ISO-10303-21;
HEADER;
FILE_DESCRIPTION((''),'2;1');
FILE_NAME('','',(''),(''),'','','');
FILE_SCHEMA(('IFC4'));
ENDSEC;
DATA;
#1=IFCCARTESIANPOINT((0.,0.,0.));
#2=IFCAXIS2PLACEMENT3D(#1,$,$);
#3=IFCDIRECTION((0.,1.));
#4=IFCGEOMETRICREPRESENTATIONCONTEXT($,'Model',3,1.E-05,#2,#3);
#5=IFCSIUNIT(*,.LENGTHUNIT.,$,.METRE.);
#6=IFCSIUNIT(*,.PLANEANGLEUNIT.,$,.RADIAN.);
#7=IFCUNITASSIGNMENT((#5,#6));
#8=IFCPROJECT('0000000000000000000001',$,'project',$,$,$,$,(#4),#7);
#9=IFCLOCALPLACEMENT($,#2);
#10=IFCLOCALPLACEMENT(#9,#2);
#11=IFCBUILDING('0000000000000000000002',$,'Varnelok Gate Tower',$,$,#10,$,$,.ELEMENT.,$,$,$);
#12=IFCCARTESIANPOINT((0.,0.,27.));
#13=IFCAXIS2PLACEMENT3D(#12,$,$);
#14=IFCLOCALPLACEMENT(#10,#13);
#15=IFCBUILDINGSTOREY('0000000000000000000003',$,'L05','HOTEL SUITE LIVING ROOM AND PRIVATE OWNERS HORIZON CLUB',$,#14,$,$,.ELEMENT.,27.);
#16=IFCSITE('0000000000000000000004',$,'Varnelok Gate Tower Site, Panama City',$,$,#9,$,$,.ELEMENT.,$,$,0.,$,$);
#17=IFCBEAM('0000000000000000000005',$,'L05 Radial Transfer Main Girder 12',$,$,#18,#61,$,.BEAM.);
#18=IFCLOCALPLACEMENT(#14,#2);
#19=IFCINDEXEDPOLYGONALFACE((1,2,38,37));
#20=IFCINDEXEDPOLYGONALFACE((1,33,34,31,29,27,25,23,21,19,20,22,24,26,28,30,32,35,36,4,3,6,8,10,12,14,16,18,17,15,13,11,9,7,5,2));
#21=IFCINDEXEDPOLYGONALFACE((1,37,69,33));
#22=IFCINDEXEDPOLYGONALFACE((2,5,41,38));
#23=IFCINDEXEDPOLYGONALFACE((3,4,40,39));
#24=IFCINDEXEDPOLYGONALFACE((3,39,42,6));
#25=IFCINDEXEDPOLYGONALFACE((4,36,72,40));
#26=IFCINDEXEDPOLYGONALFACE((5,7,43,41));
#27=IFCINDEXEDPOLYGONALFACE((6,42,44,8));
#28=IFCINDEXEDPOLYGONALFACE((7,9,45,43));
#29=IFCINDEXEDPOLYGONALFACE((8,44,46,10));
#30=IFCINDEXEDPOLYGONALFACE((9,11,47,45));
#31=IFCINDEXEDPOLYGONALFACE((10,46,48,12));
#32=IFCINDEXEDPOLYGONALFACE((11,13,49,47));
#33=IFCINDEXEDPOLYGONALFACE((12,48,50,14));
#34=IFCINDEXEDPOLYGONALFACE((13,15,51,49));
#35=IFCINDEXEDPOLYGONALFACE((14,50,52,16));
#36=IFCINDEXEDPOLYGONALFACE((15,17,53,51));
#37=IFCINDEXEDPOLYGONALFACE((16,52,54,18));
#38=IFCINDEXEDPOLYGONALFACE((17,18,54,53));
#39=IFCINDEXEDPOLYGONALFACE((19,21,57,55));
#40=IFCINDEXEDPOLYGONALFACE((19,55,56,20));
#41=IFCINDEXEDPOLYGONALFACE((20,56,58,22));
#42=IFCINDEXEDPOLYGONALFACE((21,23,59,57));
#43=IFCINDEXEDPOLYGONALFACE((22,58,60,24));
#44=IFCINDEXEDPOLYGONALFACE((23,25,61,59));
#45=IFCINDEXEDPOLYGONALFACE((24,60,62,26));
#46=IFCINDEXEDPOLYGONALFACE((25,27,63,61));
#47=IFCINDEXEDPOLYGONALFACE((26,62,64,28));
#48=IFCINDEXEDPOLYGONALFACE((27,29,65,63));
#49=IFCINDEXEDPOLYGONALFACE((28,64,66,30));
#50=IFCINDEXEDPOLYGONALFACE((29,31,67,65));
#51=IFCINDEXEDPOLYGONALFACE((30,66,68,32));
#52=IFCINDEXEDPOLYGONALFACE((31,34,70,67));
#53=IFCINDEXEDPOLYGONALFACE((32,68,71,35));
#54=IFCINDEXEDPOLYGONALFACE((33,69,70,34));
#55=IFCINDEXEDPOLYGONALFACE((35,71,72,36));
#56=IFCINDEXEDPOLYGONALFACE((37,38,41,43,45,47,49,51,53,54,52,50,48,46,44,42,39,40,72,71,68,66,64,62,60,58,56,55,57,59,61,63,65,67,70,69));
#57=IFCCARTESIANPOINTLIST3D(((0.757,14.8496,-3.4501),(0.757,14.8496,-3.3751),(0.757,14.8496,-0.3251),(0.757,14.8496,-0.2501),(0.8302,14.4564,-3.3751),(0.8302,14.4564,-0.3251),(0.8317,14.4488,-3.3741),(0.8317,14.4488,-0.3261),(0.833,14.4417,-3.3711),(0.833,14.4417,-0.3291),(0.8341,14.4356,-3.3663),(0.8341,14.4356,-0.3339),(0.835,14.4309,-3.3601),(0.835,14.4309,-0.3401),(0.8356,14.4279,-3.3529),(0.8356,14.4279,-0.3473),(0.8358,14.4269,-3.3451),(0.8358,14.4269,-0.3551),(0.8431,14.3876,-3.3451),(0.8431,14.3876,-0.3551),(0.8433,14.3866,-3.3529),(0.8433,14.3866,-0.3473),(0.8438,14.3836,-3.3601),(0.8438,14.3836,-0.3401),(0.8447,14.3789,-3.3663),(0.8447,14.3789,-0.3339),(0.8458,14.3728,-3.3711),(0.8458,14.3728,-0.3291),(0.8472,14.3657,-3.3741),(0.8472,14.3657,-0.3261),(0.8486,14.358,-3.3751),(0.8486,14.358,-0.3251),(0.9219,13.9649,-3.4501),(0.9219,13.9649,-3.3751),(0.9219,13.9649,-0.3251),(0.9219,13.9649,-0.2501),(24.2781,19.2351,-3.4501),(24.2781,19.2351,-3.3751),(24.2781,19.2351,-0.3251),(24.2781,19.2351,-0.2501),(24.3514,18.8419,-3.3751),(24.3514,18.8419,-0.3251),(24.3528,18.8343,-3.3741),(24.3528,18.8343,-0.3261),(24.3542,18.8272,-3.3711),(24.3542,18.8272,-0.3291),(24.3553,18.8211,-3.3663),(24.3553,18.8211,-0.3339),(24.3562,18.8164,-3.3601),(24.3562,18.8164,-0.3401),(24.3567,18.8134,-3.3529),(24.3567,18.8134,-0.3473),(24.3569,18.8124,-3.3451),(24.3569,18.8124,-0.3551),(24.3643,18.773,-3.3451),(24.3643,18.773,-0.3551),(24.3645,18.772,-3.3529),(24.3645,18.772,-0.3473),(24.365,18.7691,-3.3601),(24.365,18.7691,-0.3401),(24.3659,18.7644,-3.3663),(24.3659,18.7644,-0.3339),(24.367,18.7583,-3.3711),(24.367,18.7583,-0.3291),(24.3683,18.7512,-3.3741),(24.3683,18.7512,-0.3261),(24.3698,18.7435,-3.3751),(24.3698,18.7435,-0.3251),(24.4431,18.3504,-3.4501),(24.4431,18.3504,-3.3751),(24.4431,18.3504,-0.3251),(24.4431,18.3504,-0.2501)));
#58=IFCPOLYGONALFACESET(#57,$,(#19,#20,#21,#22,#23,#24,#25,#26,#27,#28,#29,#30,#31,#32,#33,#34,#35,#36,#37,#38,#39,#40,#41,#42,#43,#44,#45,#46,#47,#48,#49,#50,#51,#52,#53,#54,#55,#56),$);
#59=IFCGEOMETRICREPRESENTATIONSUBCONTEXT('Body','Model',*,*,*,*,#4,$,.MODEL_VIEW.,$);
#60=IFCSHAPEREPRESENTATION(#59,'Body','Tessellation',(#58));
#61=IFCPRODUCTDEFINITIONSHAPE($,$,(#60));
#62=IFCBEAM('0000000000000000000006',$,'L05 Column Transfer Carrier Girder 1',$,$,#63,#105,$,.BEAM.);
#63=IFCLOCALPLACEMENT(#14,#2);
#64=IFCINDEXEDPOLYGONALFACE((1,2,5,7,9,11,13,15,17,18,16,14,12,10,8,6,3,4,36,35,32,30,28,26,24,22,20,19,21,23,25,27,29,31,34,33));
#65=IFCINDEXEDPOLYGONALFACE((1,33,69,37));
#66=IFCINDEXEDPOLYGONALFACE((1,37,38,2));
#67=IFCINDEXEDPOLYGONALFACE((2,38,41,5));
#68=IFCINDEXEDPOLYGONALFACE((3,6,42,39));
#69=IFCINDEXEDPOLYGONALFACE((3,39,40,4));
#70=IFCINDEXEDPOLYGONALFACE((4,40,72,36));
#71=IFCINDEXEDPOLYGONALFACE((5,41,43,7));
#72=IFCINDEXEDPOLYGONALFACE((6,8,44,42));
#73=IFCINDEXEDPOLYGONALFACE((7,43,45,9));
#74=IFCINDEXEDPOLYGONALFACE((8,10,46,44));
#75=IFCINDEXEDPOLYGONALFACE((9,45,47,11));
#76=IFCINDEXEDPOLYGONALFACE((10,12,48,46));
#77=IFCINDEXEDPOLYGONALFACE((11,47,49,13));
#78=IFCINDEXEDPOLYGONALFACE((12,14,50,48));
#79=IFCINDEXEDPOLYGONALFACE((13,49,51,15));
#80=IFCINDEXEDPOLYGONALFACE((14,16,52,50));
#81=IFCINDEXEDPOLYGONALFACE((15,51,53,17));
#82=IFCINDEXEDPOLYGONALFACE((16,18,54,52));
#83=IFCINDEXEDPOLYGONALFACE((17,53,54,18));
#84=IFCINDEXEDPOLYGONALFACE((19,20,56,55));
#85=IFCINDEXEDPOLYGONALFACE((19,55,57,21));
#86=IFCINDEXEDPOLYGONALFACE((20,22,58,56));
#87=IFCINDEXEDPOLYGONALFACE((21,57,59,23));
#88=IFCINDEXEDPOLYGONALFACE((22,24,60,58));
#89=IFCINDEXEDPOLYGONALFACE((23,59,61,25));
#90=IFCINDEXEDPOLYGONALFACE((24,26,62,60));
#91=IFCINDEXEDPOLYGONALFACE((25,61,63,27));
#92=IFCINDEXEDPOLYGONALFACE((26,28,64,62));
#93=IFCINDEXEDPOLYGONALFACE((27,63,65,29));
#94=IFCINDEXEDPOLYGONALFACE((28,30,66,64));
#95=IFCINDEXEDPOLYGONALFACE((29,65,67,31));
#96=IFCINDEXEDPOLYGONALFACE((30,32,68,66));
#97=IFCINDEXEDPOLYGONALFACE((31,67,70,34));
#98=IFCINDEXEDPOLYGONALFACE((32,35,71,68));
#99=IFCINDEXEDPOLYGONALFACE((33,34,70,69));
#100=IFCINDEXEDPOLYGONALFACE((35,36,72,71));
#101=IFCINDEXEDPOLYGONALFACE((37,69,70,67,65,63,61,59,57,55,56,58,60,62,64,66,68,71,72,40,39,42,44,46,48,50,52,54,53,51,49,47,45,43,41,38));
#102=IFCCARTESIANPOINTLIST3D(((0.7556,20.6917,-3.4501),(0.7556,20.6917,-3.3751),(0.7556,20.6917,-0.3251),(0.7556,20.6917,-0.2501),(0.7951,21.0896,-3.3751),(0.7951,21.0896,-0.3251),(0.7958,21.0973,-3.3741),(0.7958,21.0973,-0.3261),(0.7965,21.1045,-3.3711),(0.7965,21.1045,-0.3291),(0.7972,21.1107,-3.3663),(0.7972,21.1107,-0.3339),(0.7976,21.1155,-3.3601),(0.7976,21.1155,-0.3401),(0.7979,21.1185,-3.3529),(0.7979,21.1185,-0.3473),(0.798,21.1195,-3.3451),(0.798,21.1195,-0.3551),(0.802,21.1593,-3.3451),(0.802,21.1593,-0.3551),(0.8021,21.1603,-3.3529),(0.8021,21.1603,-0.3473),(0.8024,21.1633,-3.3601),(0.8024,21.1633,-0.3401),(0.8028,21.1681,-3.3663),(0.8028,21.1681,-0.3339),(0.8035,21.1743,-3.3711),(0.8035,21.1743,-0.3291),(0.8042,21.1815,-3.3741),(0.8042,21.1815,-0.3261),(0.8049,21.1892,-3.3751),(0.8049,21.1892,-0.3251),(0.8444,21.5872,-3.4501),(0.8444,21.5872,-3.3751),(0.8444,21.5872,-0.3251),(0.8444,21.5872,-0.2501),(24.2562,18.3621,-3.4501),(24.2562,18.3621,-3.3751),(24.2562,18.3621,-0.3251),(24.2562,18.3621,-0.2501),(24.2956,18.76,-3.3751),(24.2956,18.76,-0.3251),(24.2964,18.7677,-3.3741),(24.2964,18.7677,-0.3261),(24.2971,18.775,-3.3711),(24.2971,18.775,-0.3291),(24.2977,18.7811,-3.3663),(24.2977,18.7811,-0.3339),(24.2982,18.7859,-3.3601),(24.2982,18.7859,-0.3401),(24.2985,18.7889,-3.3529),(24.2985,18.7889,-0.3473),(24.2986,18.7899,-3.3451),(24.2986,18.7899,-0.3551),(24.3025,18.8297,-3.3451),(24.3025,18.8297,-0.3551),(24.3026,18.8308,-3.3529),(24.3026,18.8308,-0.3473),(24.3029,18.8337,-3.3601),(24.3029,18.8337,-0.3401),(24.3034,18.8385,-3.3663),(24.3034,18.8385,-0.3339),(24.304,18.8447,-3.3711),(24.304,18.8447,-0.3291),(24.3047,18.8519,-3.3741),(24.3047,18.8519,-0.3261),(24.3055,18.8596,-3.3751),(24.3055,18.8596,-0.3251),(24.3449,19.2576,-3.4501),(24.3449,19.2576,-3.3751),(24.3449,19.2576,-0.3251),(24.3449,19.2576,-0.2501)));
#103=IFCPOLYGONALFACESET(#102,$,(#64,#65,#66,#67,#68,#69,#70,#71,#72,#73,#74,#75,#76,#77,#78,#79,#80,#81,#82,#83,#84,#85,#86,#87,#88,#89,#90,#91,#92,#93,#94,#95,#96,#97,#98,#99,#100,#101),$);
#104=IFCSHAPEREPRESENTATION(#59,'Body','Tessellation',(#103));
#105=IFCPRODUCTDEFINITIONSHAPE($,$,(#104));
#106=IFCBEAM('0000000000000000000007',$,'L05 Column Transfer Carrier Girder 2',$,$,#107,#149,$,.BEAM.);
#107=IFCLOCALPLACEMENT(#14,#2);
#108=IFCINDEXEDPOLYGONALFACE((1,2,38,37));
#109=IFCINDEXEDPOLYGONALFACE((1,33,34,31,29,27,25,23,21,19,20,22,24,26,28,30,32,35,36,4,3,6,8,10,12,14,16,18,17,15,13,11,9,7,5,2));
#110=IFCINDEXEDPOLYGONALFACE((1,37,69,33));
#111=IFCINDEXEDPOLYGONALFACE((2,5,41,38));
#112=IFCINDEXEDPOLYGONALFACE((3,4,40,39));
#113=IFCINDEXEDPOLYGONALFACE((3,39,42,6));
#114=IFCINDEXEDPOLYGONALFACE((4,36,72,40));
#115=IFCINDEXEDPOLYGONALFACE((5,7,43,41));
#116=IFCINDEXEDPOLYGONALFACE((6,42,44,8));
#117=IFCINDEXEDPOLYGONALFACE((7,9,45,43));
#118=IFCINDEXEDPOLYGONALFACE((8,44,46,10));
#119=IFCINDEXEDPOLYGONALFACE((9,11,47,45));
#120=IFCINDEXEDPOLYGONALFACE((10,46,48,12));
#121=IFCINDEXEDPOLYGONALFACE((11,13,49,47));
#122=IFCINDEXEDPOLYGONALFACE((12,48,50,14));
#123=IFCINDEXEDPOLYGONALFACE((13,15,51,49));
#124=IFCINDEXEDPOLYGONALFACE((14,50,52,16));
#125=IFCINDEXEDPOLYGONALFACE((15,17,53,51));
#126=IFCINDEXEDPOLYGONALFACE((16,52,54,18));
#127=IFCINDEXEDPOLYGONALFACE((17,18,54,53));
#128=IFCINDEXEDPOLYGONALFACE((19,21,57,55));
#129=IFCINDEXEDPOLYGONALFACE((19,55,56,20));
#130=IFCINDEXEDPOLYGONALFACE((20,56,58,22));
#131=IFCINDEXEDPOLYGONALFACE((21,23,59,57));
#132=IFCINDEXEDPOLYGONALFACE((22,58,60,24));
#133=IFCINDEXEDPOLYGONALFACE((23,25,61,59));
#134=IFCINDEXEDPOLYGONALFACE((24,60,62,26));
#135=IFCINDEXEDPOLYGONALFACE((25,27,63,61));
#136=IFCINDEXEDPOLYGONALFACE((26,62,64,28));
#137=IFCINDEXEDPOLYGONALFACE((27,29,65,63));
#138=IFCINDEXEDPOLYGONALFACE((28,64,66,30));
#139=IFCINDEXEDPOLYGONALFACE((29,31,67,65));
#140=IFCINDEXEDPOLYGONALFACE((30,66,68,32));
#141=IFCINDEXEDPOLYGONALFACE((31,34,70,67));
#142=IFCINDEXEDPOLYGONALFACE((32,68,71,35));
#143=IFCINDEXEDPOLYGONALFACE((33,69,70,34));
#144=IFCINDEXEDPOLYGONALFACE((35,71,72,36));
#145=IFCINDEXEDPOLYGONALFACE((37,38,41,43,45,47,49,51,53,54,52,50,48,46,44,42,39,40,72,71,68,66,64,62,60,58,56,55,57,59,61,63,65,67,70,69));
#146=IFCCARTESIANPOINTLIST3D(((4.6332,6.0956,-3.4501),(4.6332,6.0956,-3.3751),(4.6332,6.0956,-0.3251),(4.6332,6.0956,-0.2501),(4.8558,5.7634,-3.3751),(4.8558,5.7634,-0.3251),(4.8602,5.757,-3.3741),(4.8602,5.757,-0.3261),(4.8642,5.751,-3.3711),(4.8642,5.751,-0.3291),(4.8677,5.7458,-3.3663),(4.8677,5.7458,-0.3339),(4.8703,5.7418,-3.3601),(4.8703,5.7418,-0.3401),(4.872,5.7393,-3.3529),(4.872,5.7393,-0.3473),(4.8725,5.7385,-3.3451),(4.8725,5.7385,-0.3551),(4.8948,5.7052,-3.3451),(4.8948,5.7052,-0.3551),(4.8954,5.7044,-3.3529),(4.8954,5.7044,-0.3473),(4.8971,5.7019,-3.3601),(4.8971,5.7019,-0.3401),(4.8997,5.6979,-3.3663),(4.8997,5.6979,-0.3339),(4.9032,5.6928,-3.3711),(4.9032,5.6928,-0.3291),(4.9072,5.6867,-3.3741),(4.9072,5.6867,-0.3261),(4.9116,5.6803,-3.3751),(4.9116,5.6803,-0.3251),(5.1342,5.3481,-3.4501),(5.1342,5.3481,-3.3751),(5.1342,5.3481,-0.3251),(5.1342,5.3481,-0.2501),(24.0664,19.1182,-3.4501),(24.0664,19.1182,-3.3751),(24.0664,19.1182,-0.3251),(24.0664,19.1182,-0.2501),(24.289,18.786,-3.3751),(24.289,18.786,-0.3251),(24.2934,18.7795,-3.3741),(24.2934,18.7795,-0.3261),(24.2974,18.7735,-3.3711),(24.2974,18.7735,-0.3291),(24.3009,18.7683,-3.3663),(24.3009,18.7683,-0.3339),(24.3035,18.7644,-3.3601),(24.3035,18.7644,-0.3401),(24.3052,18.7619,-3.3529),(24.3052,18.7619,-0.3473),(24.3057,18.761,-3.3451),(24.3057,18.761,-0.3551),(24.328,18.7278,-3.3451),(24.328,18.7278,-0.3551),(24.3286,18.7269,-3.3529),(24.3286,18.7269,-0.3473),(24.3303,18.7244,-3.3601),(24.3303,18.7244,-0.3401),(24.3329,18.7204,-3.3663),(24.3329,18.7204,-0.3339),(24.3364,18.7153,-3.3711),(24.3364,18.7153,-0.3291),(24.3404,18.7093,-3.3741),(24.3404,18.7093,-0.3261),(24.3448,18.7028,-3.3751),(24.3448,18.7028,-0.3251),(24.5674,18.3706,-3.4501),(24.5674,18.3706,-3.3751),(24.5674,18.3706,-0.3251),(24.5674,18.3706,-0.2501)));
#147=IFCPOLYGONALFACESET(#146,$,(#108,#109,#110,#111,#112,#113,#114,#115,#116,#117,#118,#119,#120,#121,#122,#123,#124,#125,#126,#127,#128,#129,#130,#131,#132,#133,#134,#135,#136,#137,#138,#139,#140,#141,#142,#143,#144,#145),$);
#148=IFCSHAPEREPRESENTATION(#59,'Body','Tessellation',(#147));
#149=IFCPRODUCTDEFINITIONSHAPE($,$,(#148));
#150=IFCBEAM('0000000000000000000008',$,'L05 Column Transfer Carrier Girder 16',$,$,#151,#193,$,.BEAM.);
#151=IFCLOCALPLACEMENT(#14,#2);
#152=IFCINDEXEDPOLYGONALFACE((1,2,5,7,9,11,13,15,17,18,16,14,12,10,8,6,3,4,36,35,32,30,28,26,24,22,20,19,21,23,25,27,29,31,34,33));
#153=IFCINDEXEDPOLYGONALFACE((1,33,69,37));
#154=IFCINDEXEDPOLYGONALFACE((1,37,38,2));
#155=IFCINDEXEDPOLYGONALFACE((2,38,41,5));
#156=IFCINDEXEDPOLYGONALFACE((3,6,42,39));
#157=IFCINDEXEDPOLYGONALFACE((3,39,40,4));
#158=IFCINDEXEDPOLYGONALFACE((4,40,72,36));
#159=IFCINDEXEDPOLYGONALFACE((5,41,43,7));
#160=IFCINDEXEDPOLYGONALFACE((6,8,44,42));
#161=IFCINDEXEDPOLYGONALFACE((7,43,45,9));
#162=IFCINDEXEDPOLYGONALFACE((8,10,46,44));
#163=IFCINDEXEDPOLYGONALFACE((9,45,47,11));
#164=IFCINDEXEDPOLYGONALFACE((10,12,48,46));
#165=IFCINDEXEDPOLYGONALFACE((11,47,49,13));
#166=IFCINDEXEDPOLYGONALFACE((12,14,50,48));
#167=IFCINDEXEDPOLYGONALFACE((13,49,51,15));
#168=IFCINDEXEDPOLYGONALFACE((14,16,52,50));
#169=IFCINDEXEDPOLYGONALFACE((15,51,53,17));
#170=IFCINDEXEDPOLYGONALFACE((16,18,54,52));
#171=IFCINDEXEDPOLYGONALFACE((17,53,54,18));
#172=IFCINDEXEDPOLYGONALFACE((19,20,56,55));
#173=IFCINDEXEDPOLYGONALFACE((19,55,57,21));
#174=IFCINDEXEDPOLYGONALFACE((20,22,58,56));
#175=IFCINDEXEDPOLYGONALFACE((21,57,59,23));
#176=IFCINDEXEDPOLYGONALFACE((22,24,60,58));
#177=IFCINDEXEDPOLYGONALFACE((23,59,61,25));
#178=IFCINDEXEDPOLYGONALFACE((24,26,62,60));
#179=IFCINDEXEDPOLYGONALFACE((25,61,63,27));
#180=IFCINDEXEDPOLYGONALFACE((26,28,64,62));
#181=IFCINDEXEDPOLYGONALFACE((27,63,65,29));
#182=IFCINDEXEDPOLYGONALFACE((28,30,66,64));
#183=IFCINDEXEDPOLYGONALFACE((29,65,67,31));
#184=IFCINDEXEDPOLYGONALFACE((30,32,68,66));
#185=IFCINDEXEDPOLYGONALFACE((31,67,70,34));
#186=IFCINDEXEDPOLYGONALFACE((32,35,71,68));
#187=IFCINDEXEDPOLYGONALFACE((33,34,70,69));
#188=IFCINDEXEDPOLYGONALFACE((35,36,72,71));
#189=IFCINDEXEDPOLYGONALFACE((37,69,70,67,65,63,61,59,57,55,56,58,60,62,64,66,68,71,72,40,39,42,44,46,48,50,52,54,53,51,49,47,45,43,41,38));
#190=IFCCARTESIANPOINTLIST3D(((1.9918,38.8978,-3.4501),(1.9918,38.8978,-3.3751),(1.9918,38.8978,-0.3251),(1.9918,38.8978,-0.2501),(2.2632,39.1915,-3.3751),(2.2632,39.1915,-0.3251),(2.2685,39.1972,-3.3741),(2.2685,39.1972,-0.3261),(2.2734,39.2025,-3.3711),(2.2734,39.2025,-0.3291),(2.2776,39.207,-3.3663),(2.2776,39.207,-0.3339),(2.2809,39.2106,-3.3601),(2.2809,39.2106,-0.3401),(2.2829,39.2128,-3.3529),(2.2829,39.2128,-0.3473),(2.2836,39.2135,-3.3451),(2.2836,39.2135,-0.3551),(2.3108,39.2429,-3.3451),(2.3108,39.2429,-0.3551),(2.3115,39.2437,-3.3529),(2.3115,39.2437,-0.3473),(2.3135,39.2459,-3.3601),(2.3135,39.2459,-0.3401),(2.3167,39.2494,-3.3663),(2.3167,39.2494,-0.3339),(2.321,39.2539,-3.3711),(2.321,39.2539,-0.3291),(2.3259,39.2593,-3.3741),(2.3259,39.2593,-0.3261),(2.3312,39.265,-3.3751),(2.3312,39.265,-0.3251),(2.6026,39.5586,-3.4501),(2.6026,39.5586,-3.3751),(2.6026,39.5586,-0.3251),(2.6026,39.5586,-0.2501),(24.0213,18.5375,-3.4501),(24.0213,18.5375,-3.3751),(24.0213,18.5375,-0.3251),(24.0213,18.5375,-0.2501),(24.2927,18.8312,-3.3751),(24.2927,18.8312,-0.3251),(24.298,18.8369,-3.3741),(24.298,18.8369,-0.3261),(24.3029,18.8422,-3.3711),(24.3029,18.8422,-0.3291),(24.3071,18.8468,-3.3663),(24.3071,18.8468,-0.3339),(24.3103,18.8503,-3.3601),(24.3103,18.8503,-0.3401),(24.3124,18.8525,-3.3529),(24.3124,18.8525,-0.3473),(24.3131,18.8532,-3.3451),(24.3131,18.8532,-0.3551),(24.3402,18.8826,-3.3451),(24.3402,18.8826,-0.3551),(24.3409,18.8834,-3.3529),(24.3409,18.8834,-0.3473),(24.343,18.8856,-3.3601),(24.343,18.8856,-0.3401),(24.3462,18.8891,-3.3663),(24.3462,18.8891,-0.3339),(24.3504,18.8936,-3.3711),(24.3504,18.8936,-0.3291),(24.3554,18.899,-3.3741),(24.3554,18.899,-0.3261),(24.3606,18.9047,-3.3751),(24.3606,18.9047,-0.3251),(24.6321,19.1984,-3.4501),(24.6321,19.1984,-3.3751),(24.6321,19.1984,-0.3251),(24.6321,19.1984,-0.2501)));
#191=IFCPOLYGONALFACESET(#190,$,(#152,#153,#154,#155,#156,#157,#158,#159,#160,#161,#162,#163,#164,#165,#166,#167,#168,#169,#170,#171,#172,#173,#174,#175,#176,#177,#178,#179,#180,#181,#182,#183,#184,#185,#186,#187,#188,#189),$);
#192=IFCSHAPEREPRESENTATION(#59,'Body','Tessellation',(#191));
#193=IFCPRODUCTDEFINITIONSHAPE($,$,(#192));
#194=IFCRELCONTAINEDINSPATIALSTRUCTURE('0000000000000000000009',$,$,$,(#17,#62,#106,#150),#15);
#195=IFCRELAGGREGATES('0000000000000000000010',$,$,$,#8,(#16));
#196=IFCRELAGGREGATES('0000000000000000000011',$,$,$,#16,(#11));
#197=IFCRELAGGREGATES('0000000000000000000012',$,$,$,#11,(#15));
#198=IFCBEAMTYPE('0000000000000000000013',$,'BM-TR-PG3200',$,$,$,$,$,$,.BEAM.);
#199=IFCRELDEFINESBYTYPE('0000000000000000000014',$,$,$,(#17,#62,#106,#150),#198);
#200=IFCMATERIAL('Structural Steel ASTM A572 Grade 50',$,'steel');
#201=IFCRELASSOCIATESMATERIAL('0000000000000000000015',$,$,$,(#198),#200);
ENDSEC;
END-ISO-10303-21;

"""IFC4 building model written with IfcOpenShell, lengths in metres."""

from ifc_helpers import new_model, si_unit, direction, frame, origin, origin_2d, place, context, subcontext, project, spatial, i_section, extrude, material, material_profile, profile_set, type_object, element, save


model = new_model("IFC4")

# Units and contexts
model_context = context("Model", 3, precision=1e-05, world=origin(), true_north=direction((0.0, 1.0)))
body_context = subcontext(model_context, "Body", "Model", "MODEL_VIEW")
ifc_project = project(units=[si_unit("LENGTHUNIT", "METRE"), si_unit("PLANEANGLEUNIT", "RADIAN")], contexts=[model_context])

# Site, building, storey
site_placement = place(None, origin())
site = spatial("IfcSite", under=ifc_project, at=site_placement, Name="Varnelok Gate Tower Site, Panama City", CompositionType="ELEMENT", RefElevation=0.0)
building_placement = place(site_placement, origin())
building = spatial("IfcBuilding", under=site, at=building_placement, Name="Varnelok Gate Tower", CompositionType="ELEMENT")
storey_placement = place(building_placement, frame((0.0, 0.0, 27.0)))
storey = spatial("IfcBuildingStorey", under=building, at=storey_placement, Name="L05", Description="HOTEL SUITE LIVING ROOM AND PRIVATE OWNERS HORIZON CLUB", CompositionType="ELEMENT", Elevation=27.0)

# Beams
ifc_material_1 = material(Name="Structural Steel ASTM A572 Grade 50", Category="steel")
ifc_material_profile_1 = material_profile(ifc_material_1, i_section(OverallWidth=0.8999, OverallDepth=3.2, WebThickness=0.04, FlangeThickness=0.075, FilletRadius=0.03, at=origin_2d()), Name="PG3200X900")
ifc_profile_set_1 = profile_set([ifc_material_profile_1], Name="Structural Steel ASTM A572 Grade 50")
beam_type = type_object("IfcBeamType", Name="BM-TR-PG3200", PredefinedType="BEAM", material=ifc_profile_set_1)
beam_1_placement = place(storey_placement, frame((24.3606, 18.7927, -1.8501), z_axis=(-0.983059, -0.18329, 0.0), x_axis=(0.18329, -0.983059, 0.0)))
element("IfcBeam", 1, at=beam_1_placement, inside=storey, type_object=beam_type, Name="L05 Radial Transfer Main Girder 12", PredefinedType="BEAM", context=body_context, shape_type="SweptSolid", body=[
    extrude(i_section(OverallWidth=0.8999, OverallDepth=3.2, WebThickness=0.04, FlangeThickness=0.075, FilletRadius=0.03, at=origin_2d()), origin(), (0.0, 0.0, 1.0), 23.9265),
])
beam_2_placement = place(storey_placement, frame((24.3005, 18.8098, -1.8501), z_axis=(-0.995123, 0.098646, 0.0), x_axis=(-0.098646, -0.995123, 0.0)))
element("IfcBeam", 2, at=beam_2_placement, inside=storey, type_object=beam_type, Name="L05 Column Transfer Carrier Girder 1", PredefinedType="BEAM", context=body_context, shape_type="SweptSolid", body=[
    extrude(i_section(OverallWidth=0.8999, OverallDepth=3.2, WebThickness=0.04, FlangeThickness=0.075, FilletRadius=0.03, at=origin_2d()), origin(), (0.0, 0.0, 1.0), 23.6157),
])
beam_3_placement = place(storey_placement, frame((24.3169, 18.7444, -1.8501), z_axis=(-0.830725, -0.556683, 0.0), x_axis=(0.556683, -0.830725, 0.0)))
element("IfcBeam", 3, at=beam_3_placement, inside=storey, type_object=beam_type, Name="L05 Column Transfer Carrier Girder 2", PredefinedType="BEAM", context=body_context, shape_type="SweptSolid", body=[
    extrude(i_section(OverallWidth=0.8999, OverallDepth=3.2, WebThickness=0.04, FlangeThickness=0.075, FilletRadius=0.03, at=origin_2d()), origin(), (0.0, 0.0, 1.0), 23.3931),
])
beam_4_placement = place(storey_placement, frame((24.3267, 18.8679, -1.8501), z_axis=(-0.734381, 0.678737, 0.0), x_axis=(-0.678737, -0.734381, 0.0)))
element("IfcBeam", 4, at=beam_4_placement, inside=storey, type_object=beam_type, Name="L05 Column Transfer Carrier Girder 16", PredefinedType="BEAM", context=body_context, shape_type="SweptSolid", body=[
    extrude(i_section(OverallWidth=0.8999, OverallDepth=3.2, WebThickness=0.04, FlangeThickness=0.075, FilletRadius=0.03, at=origin_2d()), origin(), (0.0, 0.0, 1.0), 29.9973),
])

save(model, "model.ifc")
